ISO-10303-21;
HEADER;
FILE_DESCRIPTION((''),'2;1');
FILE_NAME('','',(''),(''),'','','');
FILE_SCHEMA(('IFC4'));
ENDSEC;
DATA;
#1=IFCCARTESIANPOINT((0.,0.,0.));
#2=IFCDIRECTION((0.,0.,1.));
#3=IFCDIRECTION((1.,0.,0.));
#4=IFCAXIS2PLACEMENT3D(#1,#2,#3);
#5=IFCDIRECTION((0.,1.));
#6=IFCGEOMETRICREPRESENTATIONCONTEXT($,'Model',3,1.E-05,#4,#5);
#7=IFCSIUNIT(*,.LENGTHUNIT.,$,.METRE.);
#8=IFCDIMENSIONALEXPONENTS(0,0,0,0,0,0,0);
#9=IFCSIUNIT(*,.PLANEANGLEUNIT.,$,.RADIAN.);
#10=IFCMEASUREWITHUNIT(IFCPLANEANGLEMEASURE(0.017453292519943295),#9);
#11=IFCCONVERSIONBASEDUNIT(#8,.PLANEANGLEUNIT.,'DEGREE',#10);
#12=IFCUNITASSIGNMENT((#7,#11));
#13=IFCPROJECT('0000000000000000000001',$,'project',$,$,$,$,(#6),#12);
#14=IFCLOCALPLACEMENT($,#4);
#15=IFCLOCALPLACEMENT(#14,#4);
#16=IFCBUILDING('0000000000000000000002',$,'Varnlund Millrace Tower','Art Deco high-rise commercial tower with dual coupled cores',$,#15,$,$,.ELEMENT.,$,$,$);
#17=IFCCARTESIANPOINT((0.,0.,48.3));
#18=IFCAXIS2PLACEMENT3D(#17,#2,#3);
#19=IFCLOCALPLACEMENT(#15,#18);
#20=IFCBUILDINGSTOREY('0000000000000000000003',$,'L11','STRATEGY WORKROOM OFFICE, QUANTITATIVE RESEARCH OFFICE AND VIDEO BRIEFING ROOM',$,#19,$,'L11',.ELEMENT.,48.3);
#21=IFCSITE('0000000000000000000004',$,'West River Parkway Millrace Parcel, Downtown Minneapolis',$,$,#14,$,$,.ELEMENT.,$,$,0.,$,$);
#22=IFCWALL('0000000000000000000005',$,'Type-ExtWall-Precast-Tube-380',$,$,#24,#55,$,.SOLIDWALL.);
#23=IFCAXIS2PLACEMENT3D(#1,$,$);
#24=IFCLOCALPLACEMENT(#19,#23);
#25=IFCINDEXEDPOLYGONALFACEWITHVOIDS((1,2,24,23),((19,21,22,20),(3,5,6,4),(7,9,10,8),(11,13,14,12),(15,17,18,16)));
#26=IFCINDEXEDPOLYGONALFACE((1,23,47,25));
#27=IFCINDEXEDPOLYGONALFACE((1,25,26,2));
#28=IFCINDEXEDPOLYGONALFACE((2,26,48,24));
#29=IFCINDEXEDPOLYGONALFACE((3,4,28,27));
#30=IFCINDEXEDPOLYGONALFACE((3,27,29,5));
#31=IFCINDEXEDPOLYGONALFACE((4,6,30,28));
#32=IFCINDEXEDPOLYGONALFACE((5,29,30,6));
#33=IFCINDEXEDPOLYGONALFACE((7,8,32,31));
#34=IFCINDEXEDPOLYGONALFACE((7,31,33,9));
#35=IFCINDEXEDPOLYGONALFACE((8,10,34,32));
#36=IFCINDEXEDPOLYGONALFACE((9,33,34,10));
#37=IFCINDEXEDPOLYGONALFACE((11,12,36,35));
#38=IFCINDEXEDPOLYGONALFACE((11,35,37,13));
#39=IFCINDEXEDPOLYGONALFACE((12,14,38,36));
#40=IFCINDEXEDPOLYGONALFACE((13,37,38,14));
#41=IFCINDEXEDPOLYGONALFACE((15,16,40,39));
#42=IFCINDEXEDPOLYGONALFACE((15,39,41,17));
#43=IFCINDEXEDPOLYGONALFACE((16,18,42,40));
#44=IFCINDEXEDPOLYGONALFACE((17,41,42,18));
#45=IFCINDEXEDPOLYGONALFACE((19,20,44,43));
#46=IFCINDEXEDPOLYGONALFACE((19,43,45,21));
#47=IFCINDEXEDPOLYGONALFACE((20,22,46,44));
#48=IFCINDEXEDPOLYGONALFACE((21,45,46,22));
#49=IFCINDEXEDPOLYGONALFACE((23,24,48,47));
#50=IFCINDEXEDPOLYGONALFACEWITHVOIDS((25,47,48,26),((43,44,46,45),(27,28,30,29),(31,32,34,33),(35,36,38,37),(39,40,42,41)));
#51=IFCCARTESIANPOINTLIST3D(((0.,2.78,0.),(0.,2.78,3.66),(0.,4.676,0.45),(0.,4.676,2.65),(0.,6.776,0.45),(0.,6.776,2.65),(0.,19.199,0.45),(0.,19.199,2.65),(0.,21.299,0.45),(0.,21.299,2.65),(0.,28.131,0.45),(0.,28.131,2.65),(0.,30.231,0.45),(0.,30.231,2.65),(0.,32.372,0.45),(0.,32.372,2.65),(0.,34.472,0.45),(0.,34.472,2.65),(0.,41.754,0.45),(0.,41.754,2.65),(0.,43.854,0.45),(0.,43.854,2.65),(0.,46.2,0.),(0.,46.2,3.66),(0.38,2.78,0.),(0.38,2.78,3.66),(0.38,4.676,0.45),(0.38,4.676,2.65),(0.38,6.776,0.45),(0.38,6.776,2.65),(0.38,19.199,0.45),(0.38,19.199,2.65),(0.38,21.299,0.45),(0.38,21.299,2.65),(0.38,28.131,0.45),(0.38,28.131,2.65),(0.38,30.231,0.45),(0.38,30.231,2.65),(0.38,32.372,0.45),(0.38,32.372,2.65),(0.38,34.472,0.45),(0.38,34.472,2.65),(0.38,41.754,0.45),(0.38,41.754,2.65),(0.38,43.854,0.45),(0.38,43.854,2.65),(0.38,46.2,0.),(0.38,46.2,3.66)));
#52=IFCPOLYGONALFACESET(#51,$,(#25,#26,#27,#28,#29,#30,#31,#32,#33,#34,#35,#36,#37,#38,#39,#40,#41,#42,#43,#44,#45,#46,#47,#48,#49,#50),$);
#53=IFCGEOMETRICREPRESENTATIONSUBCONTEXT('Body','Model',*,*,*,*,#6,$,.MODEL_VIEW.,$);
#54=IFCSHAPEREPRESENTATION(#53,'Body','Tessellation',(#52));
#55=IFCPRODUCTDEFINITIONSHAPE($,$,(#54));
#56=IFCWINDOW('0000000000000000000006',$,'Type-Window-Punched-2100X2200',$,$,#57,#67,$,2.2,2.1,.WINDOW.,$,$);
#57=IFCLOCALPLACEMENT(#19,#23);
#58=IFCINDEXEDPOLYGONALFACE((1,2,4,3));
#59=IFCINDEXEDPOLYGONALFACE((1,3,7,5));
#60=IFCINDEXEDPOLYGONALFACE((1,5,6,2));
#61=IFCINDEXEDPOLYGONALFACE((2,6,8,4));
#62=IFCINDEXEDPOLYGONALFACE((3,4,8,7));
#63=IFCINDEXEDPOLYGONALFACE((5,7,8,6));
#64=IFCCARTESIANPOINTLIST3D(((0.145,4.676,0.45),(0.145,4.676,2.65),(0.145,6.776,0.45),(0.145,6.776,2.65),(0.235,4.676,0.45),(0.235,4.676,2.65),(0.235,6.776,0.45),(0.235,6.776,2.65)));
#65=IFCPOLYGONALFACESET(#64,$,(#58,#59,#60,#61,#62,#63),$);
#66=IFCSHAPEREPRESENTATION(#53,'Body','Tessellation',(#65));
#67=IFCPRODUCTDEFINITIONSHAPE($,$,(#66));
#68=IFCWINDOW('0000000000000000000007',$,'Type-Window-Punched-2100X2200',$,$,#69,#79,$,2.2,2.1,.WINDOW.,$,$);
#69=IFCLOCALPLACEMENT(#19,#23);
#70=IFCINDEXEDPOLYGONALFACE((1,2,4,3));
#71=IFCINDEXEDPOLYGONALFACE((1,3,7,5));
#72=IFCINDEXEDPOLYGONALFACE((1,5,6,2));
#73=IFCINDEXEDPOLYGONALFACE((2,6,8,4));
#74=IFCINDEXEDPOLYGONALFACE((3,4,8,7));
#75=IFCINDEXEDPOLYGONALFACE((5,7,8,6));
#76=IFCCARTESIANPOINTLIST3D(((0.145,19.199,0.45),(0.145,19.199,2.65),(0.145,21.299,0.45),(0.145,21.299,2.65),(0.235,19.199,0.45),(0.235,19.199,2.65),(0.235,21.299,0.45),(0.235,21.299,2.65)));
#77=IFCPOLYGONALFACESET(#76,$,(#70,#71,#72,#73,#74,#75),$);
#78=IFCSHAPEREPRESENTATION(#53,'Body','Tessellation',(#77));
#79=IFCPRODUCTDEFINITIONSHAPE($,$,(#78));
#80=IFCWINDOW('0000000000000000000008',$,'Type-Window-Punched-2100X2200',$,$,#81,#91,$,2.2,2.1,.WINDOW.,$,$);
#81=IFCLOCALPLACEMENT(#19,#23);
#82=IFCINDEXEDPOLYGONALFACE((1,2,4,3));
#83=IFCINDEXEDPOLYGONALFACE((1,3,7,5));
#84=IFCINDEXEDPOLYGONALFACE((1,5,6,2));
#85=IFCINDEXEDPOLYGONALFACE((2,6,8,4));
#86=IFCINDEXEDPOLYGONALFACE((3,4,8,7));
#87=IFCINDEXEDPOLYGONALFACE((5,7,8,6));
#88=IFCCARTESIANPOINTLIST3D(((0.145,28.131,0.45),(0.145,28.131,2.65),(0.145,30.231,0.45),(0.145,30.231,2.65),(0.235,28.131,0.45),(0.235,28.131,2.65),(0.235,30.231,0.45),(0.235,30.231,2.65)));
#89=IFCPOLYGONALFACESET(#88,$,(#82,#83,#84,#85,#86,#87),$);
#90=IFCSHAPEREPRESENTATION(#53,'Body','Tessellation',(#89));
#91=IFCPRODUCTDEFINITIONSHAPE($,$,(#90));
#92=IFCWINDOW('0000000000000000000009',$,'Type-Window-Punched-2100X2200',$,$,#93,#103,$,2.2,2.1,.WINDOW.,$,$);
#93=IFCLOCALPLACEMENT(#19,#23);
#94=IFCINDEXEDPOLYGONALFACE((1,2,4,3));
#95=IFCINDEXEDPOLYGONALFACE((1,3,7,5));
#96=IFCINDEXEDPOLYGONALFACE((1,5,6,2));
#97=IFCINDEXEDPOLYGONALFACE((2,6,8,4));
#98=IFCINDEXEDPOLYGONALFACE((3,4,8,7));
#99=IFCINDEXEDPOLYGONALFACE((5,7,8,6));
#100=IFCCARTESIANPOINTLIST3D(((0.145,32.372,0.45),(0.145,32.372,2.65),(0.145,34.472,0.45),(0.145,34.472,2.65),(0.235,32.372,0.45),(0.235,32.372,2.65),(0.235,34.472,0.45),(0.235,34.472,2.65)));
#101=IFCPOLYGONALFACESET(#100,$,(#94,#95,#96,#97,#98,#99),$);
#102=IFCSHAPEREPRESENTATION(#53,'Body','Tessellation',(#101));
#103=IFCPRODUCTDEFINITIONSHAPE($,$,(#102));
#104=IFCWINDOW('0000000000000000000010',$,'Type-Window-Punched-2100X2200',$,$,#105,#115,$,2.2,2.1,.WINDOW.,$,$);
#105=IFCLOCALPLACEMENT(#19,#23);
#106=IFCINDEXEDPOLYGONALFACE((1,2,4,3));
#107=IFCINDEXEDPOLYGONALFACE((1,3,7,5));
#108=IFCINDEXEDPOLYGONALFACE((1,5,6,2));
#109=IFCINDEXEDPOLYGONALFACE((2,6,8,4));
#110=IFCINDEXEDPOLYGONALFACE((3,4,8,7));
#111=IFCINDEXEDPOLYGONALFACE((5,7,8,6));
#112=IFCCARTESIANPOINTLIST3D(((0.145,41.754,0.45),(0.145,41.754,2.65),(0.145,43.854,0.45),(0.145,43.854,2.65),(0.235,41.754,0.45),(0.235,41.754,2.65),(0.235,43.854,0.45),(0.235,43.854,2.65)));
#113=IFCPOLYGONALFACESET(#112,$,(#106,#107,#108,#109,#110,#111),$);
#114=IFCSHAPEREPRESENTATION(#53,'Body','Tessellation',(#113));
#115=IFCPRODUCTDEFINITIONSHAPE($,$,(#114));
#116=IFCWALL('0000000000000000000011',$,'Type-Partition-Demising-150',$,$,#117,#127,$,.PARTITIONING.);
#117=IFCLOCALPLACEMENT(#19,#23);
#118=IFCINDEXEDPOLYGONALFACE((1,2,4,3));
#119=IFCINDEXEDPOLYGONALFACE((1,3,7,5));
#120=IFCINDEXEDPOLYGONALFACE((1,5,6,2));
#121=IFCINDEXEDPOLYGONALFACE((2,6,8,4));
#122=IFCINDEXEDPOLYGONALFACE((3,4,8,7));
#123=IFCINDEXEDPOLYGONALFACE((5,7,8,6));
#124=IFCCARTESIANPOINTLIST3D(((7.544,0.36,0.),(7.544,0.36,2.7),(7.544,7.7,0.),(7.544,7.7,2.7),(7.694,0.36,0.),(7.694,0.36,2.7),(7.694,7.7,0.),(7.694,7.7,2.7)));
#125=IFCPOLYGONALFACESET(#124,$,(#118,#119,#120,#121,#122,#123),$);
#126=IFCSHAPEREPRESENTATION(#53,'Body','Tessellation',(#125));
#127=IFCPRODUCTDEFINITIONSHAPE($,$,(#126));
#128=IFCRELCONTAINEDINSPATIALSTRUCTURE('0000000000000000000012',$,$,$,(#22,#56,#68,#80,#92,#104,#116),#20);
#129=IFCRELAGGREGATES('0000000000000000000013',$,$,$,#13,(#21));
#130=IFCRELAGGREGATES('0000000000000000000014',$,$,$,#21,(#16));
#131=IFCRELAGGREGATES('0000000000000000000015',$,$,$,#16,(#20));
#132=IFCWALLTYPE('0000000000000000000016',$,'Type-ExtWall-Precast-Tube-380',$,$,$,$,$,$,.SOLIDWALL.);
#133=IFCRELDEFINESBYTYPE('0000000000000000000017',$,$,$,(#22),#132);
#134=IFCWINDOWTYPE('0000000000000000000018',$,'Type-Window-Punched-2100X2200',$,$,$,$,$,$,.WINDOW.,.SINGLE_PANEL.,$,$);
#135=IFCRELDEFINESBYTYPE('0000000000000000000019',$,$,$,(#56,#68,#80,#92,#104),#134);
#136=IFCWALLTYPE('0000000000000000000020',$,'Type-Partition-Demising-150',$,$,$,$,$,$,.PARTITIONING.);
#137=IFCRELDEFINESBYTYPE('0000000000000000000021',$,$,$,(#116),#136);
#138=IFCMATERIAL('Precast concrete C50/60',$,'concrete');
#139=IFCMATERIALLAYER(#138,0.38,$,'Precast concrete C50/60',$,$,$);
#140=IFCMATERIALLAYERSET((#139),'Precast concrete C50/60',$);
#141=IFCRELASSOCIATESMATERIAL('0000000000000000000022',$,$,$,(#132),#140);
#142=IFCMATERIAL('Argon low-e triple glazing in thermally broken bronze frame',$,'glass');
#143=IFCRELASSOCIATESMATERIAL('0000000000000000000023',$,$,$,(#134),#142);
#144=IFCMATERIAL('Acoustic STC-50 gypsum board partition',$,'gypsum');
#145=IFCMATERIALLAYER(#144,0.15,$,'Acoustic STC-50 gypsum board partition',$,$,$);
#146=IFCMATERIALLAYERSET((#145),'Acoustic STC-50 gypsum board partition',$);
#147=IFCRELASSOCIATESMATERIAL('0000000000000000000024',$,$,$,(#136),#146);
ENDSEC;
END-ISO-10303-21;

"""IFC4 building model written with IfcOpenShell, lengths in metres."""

from ifc_helpers import new_model, entity, si_unit, converted_unit, direction, frame, origin_with_axes, origin_2d_with_axis, place, context, subcontext, project, spatial, polyline, rectangle, outline, extrude, material, layer, layer_set, type_object, element, fill, save


model = new_model("IFC4")

# Units and contexts
model_context = context("Model", 3, precision=1e-05, world=origin_with_axes(), true_north=direction((0.0, 1.0)))
body_context = subcontext(model_context, "Body", "Model", "MODEL_VIEW")
ifc_project = project(units=[si_unit("LENGTHUNIT", "METRE"), converted_unit("PLANEANGLEUNIT", "DEGREE", entity("IfcPlaneAngleMeasure", 0.017453292519943295), si_unit("PLANEANGLEUNIT", "RADIAN"), dimensions=[0, 0, 0, 0, 0, 0, 0])], contexts=[model_context])

# Site, building, storey
site_placement = place(None, origin_with_axes())
site = spatial("IfcSite", under=ifc_project, at=site_placement, Name="West River Parkway Millrace Parcel, Downtown Minneapolis", CompositionType="ELEMENT", RefElevation=0.0)
building_placement = place(site_placement, origin_with_axes())
building = spatial("IfcBuilding", under=site, at=building_placement, Name="Varnlund Millrace Tower", Description="Art Deco high-rise commercial tower with dual coupled cores", CompositionType="ELEMENT")
storey_placement = place(building_placement, frame((0.0, 0.0, 48.3), z_axis=(0.0, 0.0, 1.0), x_axis=(1.0, 0.0, 0.0)))
storey = spatial("IfcBuildingStorey", under=building, at=storey_placement, Name="L11", Description="STRATEGY WORKROOM OFFICE, QUANTITATIVE RESEARCH OFFICE AND VIDEO BRIEFING ROOM", LongName="L11", CompositionType="ELEMENT", Elevation=48.3)

# Shared definitions
ifc_material_1 = material(Name="Precast concrete C50/60", Category="concrete")
ifc_layer_1 = layer(ifc_material_1, 0.38, Name="Precast concrete C50/60")
ifc_layer_set_1 = layer_set([ifc_layer_1], Name="Precast concrete C50/60")
wall_type_1 = type_object("IfcWallType", Name="Type-ExtWall-Precast-Tube-380", PredefinedType="SOLIDWALL", material=ifc_layer_set_1)

# Wall, openings, windows
wall_1_placement = place(storey_placement, frame((0.19, 2.78, 0.0), z_axis=(0.0, 0.0, 1.0), x_axis=(0.0, 1.0, 0.0)))
wall_1 = element("IfcWall", 1, at=wall_1_placement, inside=storey, type_object=wall_type_1, Name="Type-ExtWall-Precast-Tube-380", PredefinedType="SOLIDWALL", context=body_context, shape_type="SweptSolid", body=[
    extrude(outline(polyline([(0.0, -0.19), (43.42, -0.19), (43.42, 0.19), (0.0, 0.19), (0.0, -0.19)])), origin_with_axes(), (0.0, 0.0, 1.0), 3.66),
])
opening_1_placement = place(wall_1_placement, frame((2.946, 0.0, 0.45), z_axis=(0.0, 0.0, 1.0), x_axis=(1.0, 0.0, 0.0)))
opening_1 = element("IfcOpeningElement", 2, at=opening_1_placement, cuts=wall_1, PredefinedType="OPENING", context=body_context, shape_type="SweptSolid", body=[
    extrude(rectangle(XDim=2.1, YDim=0.4, at=origin_2d_with_axis()), origin_with_axes(), (0.0, 0.0, 1.0), 2.2),
])
opening_2_placement = place(wall_1_placement, frame((17.469, 0.0, 0.45), z_axis=(0.0, 0.0, 1.0), x_axis=(1.0, 0.0, 0.0)))
opening_2 = element("IfcOpeningElement", 3, at=opening_2_placement, cuts=wall_1, PredefinedType="OPENING", context=body_context, shape_type="SweptSolid", body=[
    extrude(rectangle(XDim=2.1, YDim=0.4, at=origin_2d_with_axis()), origin_with_axes(), (0.0, 0.0, 1.0), 2.2),
])
opening_3_placement = place(wall_1_placement, frame((26.401, 0.0, 0.45), z_axis=(0.0, 0.0, 1.0), x_axis=(1.0, 0.0, 0.0)))
opening_3 = element("IfcOpeningElement", 4, at=opening_3_placement, cuts=wall_1, PredefinedType="OPENING", context=body_context, shape_type="SweptSolid", body=[
    extrude(rectangle(XDim=2.1, YDim=0.4, at=origin_2d_with_axis()), origin_with_axes(), (0.0, 0.0, 1.0), 2.2),
])
opening_4_placement = place(wall_1_placement, frame((30.642, 0.0, 0.45), z_axis=(0.0, 0.0, 1.0), x_axis=(1.0, 0.0, 0.0)))
opening_4 = element("IfcOpeningElement", 5, at=opening_4_placement, cuts=wall_1, PredefinedType="OPENING", context=body_context, shape_type="SweptSolid", body=[
    extrude(rectangle(XDim=2.1, YDim=0.4, at=origin_2d_with_axis()), origin_with_axes(), (0.0, 0.0, 1.0), 2.2),
])
opening_5_placement = place(wall_1_placement, frame((40.024, 0.0, 0.45), z_axis=(0.0, 0.0, 1.0), x_axis=(1.0, 0.0, 0.0)))
opening_5 = element("IfcOpeningElement", 6, at=opening_5_placement, cuts=wall_1, PredefinedType="OPENING", context=body_context, shape_type="SweptSolid", body=[
    extrude(rectangle(XDim=2.1, YDim=0.4, at=origin_2d_with_axis()), origin_with_axes(), (0.0, 0.0, 1.0), 2.2),
])
ifc_material_2 = material(Name="Argon low-e triple glazing in thermally broken bronze frame", Category="glass")
window_type = type_object("IfcWindowType", Name="Type-Window-Punched-2100X2200", PartitioningType="SINGLE_PANEL", PredefinedType="WINDOW", material=ifc_material_2)
window_1_placement = place(wall_1_placement, frame((2.946, 0.0, 0.45), z_axis=(0.0, 0.0, 1.0), x_axis=(1.0, 0.0, 0.0)))
window_1 = element("IfcWindow", 7, at=window_1_placement, inside=storey, type_object=window_type, Name="Type-Window-Punched-2100X2200", OverallHeight=2.2, OverallWidth=2.1, PredefinedType="WINDOW", context=body_context, shape_type="SweptSolid", body=[
    extrude(rectangle(XDim=2.1, YDim=0.09, at=origin_2d_with_axis()), origin_with_axes(), (0.0, 0.0, 1.0), 2.2),
])
fill(opening_1, window_1)
window_2_placement = place(wall_1_placement, frame((17.469, 0.0, 0.45), z_axis=(0.0, 0.0, 1.0), x_axis=(1.0, 0.0, 0.0)))
window_2 = element("IfcWindow", 8, at=window_2_placement, inside=storey, type_object=window_type, Name="Type-Window-Punched-2100X2200", OverallHeight=2.2, OverallWidth=2.1, PredefinedType="WINDOW", context=body_context, shape_type="SweptSolid", body=[
    extrude(rectangle(XDim=2.1, YDim=0.09, at=origin_2d_with_axis()), origin_with_axes(), (0.0, 0.0, 1.0), 2.2),
])
fill(opening_2, window_2)
window_3_placement = place(wall_1_placement, frame((26.401, 0.0, 0.45), z_axis=(0.0, 0.0, 1.0), x_axis=(1.0, 0.0, 0.0)))
window_3 = element("IfcWindow", 9, at=window_3_placement, inside=storey, type_object=window_type, Name="Type-Window-Punched-2100X2200", OverallHeight=2.2, OverallWidth=2.1, PredefinedType="WINDOW", context=body_context, shape_type="SweptSolid", body=[
    extrude(rectangle(XDim=2.1, YDim=0.09, at=origin_2d_with_axis()), origin_with_axes(), (0.0, 0.0, 1.0), 2.2),
])
fill(opening_3, window_3)
window_4_placement = place(wall_1_placement, frame((30.642, 0.0, 0.45), z_axis=(0.0, 0.0, 1.0), x_axis=(1.0, 0.0, 0.0)))
window_4 = element("IfcWindow", 10, at=window_4_placement, inside=storey, type_object=window_type, Name="Type-Window-Punched-2100X2200", OverallHeight=2.2, OverallWidth=2.1, PredefinedType="WINDOW", context=body_context, shape_type="SweptSolid", body=[
    extrude(rectangle(XDim=2.1, YDim=0.09, at=origin_2d_with_axis()), origin_with_axes(), (0.0, 0.0, 1.0), 2.2),
])
fill(opening_4, window_4)
window_5_placement = place(wall_1_placement, frame((40.024, 0.0, 0.45), z_axis=(0.0, 0.0, 1.0), x_axis=(1.0, 0.0, 0.0)))
window_5 = element("IfcWindow", 11, at=window_5_placement, inside=storey, type_object=window_type, Name="Type-Window-Punched-2100X2200", OverallHeight=2.2, OverallWidth=2.1, PredefinedType="WINDOW", context=body_context, shape_type="SweptSolid", body=[
    extrude(rectangle(XDim=2.1, YDim=0.09, at=origin_2d_with_axis()), origin_with_axes(), (0.0, 0.0, 1.0), 2.2),
])
fill(opening_5, window_5)

# Wall
ifc_material_3 = material(Name="Acoustic STC-50 gypsum board partition", Category="gypsum")
ifc_layer_2 = layer(ifc_material_3, 0.15, Name="Acoustic STC-50 gypsum board partition")
ifc_layer_set_2 = layer_set([ifc_layer_2], Name="Acoustic STC-50 gypsum board partition")
wall_type_2 = type_object("IfcWallType", Name="Type-Partition-Demising-150", PredefinedType="PARTITIONING", material=ifc_layer_set_2)
wall_2_placement = place(storey_placement, frame((7.619, 0.36, 0.0), z_axis=(0.0, 0.0, 1.0), x_axis=(0.0, 1.0, 0.0)))
element("IfcWall", 12, at=wall_2_placement, inside=storey, type_object=wall_type_2, Name="Type-Partition-Demising-150", PredefinedType="PARTITIONING", context=body_context, shape_type="SweptSolid", body=[
    extrude(outline(polyline([(0.0, -0.075), (7.34, -0.075), (7.34, 0.075), (0.0, 0.075), (0.0, -0.075)])), origin_with_axes(), (0.0, 0.0, 1.0), 2.7),
])

save(model, "model.ifc")
